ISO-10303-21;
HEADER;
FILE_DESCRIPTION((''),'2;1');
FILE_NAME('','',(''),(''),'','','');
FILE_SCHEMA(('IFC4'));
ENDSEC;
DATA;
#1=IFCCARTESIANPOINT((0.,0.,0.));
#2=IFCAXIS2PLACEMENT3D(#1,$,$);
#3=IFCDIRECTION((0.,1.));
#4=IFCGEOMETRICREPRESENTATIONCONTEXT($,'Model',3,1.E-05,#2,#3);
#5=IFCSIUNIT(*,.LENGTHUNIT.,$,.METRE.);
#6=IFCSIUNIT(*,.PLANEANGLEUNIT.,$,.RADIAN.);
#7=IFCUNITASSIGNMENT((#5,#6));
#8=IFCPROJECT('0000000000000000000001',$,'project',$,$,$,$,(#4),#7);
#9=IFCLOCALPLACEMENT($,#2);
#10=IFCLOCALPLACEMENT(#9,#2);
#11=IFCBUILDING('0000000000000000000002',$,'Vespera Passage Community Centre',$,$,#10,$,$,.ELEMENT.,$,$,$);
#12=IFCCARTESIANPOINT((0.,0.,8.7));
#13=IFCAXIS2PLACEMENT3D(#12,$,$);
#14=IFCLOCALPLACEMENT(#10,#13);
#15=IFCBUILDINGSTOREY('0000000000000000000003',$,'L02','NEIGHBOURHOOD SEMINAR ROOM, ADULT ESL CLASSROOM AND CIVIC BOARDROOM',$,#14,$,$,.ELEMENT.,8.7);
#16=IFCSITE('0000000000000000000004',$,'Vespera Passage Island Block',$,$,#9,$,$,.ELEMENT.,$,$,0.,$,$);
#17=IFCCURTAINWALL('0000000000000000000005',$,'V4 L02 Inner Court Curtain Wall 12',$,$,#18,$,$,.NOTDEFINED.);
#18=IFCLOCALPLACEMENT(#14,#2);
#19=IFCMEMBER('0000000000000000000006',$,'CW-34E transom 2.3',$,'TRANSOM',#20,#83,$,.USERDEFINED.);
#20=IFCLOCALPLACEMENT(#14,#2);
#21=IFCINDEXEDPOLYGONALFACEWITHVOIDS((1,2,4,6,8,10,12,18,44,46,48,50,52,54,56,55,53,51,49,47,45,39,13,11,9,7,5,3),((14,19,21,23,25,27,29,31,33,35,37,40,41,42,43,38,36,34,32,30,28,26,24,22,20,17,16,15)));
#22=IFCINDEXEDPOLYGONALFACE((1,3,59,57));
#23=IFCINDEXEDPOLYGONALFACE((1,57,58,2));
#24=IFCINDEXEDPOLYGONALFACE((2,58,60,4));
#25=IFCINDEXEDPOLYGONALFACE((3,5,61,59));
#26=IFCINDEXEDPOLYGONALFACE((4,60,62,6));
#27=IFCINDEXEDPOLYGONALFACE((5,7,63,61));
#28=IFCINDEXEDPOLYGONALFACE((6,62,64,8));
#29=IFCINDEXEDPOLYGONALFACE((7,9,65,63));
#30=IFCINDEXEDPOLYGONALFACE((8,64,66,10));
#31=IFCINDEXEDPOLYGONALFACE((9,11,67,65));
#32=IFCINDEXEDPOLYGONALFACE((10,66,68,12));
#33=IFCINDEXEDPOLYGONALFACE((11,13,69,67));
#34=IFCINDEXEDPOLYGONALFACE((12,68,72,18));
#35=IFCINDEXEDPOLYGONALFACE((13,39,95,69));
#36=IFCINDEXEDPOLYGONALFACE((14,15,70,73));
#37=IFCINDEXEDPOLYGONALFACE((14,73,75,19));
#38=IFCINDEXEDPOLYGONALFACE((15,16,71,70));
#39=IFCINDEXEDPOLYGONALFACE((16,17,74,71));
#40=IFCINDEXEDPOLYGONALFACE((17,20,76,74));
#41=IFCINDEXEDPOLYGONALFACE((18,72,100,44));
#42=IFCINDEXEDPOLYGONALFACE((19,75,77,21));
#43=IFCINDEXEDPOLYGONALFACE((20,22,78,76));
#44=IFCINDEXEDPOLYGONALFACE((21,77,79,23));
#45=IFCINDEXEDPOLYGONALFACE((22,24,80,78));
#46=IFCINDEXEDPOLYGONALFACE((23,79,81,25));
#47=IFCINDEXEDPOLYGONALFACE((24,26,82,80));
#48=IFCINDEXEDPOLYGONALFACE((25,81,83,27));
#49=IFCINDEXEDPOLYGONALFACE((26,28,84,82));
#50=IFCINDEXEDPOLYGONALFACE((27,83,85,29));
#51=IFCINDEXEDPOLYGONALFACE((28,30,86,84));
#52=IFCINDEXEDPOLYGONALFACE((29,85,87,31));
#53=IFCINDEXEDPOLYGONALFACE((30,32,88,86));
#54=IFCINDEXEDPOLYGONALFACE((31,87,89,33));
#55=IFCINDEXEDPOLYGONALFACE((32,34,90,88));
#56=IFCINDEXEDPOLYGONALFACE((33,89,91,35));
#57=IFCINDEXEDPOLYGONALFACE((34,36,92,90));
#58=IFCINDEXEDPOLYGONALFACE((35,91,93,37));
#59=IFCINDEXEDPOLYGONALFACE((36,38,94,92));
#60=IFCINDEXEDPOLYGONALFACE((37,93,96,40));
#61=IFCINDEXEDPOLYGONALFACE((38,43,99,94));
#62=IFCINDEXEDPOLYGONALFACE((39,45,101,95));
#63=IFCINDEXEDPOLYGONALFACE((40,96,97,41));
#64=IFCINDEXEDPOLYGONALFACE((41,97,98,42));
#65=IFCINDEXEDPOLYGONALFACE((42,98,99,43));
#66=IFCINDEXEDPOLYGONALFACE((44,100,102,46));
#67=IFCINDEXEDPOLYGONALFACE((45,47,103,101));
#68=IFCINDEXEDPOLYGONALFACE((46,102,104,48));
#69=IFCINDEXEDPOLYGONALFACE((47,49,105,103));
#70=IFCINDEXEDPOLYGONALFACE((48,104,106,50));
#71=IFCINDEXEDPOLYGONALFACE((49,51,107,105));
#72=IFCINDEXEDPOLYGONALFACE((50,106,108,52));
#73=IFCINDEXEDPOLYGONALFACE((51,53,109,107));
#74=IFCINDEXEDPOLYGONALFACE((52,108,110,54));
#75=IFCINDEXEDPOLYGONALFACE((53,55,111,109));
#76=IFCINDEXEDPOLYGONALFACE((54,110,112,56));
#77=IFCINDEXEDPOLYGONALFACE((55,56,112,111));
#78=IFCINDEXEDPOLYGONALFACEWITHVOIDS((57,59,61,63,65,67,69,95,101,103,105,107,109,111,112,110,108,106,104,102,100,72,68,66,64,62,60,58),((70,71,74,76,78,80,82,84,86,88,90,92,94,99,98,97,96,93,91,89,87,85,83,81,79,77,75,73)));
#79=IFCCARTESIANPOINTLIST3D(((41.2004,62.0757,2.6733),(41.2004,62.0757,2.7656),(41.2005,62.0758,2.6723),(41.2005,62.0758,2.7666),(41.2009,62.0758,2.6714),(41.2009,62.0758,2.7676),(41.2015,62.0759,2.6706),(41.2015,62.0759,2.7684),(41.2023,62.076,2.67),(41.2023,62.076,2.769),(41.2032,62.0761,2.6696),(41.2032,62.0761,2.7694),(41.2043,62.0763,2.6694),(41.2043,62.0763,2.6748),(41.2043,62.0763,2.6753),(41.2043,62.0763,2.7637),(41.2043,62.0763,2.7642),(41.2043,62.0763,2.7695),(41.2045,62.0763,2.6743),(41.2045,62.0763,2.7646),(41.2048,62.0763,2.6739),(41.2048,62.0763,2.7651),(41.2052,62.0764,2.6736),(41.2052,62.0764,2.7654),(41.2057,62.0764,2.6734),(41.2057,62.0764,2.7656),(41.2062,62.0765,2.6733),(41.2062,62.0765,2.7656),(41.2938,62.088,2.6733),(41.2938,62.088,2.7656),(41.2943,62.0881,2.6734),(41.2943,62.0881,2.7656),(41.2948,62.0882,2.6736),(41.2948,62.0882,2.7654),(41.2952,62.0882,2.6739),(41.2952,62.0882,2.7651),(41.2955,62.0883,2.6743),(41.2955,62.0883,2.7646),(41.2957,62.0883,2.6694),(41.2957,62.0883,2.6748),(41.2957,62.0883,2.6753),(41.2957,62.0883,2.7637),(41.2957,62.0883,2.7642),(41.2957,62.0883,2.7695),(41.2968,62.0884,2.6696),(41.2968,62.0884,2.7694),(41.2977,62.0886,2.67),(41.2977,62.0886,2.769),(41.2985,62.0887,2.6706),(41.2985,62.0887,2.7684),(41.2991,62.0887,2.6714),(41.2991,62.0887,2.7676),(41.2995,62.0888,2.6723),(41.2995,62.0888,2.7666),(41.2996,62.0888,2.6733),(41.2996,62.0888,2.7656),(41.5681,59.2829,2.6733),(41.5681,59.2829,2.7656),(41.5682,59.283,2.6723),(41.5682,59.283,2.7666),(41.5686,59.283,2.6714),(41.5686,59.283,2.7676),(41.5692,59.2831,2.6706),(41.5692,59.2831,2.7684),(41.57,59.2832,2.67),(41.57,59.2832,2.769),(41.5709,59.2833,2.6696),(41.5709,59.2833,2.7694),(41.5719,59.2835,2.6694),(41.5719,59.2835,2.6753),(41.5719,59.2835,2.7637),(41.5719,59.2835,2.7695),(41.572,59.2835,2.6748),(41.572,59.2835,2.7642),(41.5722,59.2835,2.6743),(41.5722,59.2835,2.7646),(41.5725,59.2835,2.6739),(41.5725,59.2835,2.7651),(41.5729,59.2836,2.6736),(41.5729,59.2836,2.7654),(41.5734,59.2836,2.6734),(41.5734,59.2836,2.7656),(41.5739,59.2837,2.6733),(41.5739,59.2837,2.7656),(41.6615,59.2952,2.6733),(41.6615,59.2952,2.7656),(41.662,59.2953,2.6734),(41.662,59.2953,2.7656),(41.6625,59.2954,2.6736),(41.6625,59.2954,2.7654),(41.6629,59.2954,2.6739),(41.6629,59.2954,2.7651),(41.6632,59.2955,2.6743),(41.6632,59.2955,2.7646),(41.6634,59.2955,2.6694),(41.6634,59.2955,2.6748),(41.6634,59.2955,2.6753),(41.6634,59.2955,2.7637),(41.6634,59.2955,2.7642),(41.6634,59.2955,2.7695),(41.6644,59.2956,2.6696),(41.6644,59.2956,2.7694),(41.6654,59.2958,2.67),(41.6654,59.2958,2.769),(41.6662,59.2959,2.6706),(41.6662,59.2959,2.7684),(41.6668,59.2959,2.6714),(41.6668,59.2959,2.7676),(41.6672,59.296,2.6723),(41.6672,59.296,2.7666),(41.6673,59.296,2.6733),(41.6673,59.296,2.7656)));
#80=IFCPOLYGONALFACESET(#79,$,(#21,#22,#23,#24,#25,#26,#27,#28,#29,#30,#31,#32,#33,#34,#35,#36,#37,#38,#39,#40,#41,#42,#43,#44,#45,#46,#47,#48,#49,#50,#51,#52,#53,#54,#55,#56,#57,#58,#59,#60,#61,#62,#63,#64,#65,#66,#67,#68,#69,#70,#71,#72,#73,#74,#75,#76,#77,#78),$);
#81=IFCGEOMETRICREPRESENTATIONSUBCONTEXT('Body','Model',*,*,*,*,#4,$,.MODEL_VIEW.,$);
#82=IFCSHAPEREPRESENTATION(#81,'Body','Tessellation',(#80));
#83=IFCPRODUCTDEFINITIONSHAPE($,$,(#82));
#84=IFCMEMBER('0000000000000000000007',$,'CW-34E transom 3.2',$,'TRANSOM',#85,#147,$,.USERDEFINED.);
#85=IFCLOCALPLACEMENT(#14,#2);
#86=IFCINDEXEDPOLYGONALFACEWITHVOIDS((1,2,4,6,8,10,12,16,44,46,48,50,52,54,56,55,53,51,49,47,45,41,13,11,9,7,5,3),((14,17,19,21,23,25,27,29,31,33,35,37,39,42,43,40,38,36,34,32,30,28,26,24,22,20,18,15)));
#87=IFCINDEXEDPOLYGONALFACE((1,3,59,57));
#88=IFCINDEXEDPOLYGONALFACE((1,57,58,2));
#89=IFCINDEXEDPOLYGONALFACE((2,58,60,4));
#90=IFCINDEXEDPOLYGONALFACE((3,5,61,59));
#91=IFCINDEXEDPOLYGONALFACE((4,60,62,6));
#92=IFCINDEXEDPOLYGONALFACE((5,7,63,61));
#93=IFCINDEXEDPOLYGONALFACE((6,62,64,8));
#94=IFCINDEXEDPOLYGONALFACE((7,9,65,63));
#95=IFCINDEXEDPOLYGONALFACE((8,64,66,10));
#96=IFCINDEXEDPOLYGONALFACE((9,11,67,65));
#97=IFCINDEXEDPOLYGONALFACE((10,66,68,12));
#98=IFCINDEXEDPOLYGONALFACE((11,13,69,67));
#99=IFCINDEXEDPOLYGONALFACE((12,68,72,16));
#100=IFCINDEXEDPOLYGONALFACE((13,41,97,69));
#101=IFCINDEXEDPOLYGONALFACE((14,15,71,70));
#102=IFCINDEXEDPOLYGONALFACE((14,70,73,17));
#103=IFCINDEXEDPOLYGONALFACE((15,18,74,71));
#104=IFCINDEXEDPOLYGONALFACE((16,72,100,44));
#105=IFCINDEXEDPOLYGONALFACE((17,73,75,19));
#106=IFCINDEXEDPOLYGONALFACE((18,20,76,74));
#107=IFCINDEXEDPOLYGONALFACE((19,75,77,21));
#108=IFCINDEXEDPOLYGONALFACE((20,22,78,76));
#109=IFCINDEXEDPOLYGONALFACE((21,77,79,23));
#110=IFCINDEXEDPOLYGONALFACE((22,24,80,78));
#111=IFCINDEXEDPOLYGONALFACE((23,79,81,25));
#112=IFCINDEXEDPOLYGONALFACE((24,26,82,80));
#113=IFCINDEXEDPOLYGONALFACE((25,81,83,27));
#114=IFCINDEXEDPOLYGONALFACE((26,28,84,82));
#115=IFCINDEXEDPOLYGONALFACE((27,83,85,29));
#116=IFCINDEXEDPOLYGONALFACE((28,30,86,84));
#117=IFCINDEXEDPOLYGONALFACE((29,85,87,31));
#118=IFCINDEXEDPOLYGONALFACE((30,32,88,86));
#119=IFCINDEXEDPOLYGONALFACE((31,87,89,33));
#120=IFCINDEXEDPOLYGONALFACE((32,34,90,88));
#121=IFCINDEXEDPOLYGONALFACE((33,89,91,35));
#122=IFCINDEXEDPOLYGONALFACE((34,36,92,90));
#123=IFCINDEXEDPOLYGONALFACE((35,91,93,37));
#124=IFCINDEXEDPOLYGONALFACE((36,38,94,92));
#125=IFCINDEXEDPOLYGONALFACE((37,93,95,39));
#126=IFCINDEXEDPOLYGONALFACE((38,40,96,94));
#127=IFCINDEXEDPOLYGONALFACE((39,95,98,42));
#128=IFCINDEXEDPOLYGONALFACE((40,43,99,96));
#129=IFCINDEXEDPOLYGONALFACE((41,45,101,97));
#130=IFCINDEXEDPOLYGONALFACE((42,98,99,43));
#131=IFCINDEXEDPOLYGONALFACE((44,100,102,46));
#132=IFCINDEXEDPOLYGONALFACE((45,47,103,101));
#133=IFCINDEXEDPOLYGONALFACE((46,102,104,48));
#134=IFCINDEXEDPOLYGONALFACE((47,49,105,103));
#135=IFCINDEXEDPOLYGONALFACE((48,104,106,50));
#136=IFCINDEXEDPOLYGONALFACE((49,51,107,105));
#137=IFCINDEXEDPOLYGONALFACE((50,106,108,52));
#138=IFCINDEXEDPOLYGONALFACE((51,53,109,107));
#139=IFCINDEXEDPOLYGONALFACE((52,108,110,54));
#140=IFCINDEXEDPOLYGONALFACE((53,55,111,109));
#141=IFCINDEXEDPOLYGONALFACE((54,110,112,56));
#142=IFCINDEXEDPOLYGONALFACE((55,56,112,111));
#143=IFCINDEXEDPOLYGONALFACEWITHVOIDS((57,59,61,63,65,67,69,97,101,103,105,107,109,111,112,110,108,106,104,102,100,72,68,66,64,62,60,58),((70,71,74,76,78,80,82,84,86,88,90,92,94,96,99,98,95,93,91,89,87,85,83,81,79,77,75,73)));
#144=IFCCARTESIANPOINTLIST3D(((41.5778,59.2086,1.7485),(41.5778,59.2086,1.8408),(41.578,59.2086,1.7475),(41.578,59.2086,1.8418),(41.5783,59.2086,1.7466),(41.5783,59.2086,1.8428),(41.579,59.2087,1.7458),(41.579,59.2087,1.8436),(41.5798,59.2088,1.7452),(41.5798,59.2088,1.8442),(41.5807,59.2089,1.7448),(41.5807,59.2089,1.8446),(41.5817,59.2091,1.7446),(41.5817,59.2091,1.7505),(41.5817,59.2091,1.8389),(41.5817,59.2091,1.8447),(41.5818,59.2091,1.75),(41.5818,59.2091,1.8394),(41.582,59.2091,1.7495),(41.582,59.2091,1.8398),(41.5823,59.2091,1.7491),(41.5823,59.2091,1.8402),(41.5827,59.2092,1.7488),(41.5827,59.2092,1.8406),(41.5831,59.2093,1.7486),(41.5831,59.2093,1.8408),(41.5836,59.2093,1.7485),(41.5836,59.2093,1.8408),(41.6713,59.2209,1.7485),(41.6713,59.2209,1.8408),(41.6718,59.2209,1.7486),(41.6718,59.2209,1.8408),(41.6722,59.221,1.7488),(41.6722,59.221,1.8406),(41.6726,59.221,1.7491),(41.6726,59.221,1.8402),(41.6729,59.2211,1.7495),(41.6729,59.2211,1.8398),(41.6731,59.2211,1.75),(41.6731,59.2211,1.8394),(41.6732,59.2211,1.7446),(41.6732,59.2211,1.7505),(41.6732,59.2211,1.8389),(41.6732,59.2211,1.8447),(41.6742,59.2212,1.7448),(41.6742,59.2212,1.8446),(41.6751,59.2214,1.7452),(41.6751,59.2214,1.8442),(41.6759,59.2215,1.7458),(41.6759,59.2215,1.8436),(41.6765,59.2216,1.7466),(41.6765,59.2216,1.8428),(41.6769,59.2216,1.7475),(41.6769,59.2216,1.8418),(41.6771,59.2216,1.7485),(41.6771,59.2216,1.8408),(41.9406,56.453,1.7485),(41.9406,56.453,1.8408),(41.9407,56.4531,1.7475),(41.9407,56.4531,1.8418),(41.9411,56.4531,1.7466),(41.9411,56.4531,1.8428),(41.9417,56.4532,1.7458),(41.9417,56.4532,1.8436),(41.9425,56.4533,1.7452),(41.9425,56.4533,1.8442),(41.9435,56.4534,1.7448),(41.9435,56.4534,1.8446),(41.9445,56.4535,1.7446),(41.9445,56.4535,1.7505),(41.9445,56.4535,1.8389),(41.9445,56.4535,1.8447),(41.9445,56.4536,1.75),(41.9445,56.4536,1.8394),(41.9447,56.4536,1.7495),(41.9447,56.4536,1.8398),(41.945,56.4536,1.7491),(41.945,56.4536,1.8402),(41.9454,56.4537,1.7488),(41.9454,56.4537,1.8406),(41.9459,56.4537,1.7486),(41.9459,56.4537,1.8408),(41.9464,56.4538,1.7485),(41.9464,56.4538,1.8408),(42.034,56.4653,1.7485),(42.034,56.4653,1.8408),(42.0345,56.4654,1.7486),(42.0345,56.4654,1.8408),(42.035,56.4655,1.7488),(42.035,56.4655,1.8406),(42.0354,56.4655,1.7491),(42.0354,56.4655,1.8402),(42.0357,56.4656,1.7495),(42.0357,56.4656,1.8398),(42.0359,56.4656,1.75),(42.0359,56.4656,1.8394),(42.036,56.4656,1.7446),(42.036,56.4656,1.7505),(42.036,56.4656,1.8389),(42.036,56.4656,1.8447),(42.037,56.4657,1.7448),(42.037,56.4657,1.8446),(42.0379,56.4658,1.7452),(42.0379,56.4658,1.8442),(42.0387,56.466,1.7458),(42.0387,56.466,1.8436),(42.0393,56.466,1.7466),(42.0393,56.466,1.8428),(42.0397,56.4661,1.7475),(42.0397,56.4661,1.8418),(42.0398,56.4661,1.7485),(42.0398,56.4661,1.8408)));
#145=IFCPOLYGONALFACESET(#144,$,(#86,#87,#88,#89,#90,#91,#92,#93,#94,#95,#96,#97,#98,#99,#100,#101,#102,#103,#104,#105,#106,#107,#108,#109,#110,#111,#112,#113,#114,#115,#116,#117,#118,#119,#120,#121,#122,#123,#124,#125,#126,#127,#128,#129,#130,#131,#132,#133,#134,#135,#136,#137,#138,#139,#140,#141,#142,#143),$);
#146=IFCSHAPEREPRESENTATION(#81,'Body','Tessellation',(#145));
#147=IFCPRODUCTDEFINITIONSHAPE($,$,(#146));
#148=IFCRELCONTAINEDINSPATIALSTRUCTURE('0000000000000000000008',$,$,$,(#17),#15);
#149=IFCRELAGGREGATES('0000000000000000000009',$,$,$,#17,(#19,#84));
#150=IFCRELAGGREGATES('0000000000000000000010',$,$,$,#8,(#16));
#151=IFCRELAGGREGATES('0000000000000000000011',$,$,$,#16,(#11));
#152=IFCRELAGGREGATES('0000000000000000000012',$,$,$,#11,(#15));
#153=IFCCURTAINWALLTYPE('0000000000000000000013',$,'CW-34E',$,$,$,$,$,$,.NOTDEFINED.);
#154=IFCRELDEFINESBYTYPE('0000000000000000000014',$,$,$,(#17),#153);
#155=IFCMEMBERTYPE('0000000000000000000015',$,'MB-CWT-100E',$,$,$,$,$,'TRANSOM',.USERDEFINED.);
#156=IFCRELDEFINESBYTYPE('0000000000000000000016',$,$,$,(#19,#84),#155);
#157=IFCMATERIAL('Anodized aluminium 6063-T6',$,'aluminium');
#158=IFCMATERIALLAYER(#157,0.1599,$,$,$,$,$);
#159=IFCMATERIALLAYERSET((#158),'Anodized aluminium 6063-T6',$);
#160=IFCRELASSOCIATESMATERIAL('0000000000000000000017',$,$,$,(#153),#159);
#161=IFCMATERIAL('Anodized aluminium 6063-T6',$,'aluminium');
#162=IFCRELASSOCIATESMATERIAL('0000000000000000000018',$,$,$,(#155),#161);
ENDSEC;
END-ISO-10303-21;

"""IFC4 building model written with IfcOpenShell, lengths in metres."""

from ifc_helpers import new_model, si_unit, direction, frame, origin, origin_2d, place, context, subcontext, project, spatial, hollow_rectangle, extrude, material, layer, layer_set, material_profile, profile_set, type_object, element, aggregate, save


model = new_model("IFC4")

# Units and contexts
model_context = context("Model", 3, precision=1e-05, world=origin(), true_north=direction((0.0, 1.0)))
body_context = subcontext(model_context, "Body", "Model", "MODEL_VIEW")
ifc_project = project(units=[si_unit("LENGTHUNIT", "METRE"), si_unit("PLANEANGLEUNIT", "RADIAN")], contexts=[model_context])

# Site, building, storey
site_placement = place(None, origin())
site = spatial("IfcSite", under=ifc_project, at=site_placement, Name="Vespera Passage Island Block", CompositionType="ELEMENT", RefElevation=0.0)
building_placement = place(site_placement, origin())
building = spatial("IfcBuilding", under=site, at=building_placement, Name="Vespera Passage Community Centre", CompositionType="ELEMENT")
storey_placement = place(building_placement, frame((0.0, 0.0, 8.7)))
storey = spatial("IfcBuildingStorey", under=building, at=storey_placement, Name="L02", Description="NEIGHBOURHOOD SEMINAR ROOM, ADULT ESL CLASSROOM AND CIVIC BOARDROOM", CompositionType="ELEMENT", Elevation=8.7)

# Curtain wall
ifc_material_1 = material(Name="Anodized aluminium 6063-T6", Category="aluminium")
ifc_layer_1 = layer(ifc_material_1, 0.1599)
ifc_layer_set_1 = layer_set([ifc_layer_1], Name="Anodized aluminium 6063-T6")
curtain_wall_type_1 = type_object("IfcCurtainWallType", Name="CW-34E", PredefinedType="NOTDEFINED", material=ifc_layer_set_1)
curtain_wall_1_placement = place(storey_placement, origin())
curtain_wall_1 = element("IfcCurtainWall", 1, at=curtain_wall_1_placement, inside=storey, type_object=curtain_wall_type_1, Name="V4 L02 Inner Court Curtain Wall 12", PredefinedType="NOTDEFINED")
ifc_material_2 = material(Name="Anodized aluminium 6063-T6", Category="aluminium")
ifc_material_profile_1 = material_profile(ifc_material_2, hollow_rectangle(XDim=0.1001, YDim=0.1001, WallThickness=0.0039, InnerFilletRadius=0.002, OuterFilletRadius=0.0039, at=origin_2d()), Name="ALU100X100X4")
ifc_profile_set_1 = profile_set([ifc_material_profile_1], Name="Anodized aluminium 6063-T6")
member_type_1 = type_object("IfcMemberType", Name="MB-CWT-100E", ElementType="TRANSOM", PredefinedType="USERDEFINED", material=ifc_profile_set_1)

# Members
member_1_placement = place(storey_placement, frame((41.25, 62.0823, 2.7195), z_axis=(0.130528, -0.991445, 0.0), x_axis=(0.991445, 0.130528, 0.0)))
member_1 = element("IfcMember", 2, at=member_1_placement, type_object=member_type_1, Name="CW-34E transom 2.3", ObjectType="TRANSOM", PredefinedType="USERDEFINED", context=body_context, shape_type="SweptSolid", body=[
    extrude(hollow_rectangle(XDim=0.1001, YDim=0.1001, WallThickness=0.0039, InnerFilletRadius=0.002, OuterFilletRadius=0.0039, at=origin_2d()), origin(), (0.0, 0.0, 1.0), 2.8169),
])
member_2_placement = place(storey_placement, frame((41.6274, 59.2151, 1.7947), z_axis=(0.130529, -0.991444, 0.0), x_axis=(0.991444, 0.130529, 0.0)))
member_2 = element("IfcMember", 3, at=member_2_placement, type_object=member_type_1, Name="CW-34E transom 3.2", ObjectType="TRANSOM", PredefinedType="USERDEFINED", context=body_context, shape_type="SweptSolid", body=[
    extrude(hollow_rectangle(XDim=0.1001, YDim=0.1001, WallThickness=0.0039, InnerFilletRadius=0.002, OuterFilletRadius=0.0039, at=origin_2d()), origin(), (0.0, 0.0, 1.0), 2.7793),
])

aggregate(curtain_wall_1, [member_1, member_2])

save(model, "model.ifc")
